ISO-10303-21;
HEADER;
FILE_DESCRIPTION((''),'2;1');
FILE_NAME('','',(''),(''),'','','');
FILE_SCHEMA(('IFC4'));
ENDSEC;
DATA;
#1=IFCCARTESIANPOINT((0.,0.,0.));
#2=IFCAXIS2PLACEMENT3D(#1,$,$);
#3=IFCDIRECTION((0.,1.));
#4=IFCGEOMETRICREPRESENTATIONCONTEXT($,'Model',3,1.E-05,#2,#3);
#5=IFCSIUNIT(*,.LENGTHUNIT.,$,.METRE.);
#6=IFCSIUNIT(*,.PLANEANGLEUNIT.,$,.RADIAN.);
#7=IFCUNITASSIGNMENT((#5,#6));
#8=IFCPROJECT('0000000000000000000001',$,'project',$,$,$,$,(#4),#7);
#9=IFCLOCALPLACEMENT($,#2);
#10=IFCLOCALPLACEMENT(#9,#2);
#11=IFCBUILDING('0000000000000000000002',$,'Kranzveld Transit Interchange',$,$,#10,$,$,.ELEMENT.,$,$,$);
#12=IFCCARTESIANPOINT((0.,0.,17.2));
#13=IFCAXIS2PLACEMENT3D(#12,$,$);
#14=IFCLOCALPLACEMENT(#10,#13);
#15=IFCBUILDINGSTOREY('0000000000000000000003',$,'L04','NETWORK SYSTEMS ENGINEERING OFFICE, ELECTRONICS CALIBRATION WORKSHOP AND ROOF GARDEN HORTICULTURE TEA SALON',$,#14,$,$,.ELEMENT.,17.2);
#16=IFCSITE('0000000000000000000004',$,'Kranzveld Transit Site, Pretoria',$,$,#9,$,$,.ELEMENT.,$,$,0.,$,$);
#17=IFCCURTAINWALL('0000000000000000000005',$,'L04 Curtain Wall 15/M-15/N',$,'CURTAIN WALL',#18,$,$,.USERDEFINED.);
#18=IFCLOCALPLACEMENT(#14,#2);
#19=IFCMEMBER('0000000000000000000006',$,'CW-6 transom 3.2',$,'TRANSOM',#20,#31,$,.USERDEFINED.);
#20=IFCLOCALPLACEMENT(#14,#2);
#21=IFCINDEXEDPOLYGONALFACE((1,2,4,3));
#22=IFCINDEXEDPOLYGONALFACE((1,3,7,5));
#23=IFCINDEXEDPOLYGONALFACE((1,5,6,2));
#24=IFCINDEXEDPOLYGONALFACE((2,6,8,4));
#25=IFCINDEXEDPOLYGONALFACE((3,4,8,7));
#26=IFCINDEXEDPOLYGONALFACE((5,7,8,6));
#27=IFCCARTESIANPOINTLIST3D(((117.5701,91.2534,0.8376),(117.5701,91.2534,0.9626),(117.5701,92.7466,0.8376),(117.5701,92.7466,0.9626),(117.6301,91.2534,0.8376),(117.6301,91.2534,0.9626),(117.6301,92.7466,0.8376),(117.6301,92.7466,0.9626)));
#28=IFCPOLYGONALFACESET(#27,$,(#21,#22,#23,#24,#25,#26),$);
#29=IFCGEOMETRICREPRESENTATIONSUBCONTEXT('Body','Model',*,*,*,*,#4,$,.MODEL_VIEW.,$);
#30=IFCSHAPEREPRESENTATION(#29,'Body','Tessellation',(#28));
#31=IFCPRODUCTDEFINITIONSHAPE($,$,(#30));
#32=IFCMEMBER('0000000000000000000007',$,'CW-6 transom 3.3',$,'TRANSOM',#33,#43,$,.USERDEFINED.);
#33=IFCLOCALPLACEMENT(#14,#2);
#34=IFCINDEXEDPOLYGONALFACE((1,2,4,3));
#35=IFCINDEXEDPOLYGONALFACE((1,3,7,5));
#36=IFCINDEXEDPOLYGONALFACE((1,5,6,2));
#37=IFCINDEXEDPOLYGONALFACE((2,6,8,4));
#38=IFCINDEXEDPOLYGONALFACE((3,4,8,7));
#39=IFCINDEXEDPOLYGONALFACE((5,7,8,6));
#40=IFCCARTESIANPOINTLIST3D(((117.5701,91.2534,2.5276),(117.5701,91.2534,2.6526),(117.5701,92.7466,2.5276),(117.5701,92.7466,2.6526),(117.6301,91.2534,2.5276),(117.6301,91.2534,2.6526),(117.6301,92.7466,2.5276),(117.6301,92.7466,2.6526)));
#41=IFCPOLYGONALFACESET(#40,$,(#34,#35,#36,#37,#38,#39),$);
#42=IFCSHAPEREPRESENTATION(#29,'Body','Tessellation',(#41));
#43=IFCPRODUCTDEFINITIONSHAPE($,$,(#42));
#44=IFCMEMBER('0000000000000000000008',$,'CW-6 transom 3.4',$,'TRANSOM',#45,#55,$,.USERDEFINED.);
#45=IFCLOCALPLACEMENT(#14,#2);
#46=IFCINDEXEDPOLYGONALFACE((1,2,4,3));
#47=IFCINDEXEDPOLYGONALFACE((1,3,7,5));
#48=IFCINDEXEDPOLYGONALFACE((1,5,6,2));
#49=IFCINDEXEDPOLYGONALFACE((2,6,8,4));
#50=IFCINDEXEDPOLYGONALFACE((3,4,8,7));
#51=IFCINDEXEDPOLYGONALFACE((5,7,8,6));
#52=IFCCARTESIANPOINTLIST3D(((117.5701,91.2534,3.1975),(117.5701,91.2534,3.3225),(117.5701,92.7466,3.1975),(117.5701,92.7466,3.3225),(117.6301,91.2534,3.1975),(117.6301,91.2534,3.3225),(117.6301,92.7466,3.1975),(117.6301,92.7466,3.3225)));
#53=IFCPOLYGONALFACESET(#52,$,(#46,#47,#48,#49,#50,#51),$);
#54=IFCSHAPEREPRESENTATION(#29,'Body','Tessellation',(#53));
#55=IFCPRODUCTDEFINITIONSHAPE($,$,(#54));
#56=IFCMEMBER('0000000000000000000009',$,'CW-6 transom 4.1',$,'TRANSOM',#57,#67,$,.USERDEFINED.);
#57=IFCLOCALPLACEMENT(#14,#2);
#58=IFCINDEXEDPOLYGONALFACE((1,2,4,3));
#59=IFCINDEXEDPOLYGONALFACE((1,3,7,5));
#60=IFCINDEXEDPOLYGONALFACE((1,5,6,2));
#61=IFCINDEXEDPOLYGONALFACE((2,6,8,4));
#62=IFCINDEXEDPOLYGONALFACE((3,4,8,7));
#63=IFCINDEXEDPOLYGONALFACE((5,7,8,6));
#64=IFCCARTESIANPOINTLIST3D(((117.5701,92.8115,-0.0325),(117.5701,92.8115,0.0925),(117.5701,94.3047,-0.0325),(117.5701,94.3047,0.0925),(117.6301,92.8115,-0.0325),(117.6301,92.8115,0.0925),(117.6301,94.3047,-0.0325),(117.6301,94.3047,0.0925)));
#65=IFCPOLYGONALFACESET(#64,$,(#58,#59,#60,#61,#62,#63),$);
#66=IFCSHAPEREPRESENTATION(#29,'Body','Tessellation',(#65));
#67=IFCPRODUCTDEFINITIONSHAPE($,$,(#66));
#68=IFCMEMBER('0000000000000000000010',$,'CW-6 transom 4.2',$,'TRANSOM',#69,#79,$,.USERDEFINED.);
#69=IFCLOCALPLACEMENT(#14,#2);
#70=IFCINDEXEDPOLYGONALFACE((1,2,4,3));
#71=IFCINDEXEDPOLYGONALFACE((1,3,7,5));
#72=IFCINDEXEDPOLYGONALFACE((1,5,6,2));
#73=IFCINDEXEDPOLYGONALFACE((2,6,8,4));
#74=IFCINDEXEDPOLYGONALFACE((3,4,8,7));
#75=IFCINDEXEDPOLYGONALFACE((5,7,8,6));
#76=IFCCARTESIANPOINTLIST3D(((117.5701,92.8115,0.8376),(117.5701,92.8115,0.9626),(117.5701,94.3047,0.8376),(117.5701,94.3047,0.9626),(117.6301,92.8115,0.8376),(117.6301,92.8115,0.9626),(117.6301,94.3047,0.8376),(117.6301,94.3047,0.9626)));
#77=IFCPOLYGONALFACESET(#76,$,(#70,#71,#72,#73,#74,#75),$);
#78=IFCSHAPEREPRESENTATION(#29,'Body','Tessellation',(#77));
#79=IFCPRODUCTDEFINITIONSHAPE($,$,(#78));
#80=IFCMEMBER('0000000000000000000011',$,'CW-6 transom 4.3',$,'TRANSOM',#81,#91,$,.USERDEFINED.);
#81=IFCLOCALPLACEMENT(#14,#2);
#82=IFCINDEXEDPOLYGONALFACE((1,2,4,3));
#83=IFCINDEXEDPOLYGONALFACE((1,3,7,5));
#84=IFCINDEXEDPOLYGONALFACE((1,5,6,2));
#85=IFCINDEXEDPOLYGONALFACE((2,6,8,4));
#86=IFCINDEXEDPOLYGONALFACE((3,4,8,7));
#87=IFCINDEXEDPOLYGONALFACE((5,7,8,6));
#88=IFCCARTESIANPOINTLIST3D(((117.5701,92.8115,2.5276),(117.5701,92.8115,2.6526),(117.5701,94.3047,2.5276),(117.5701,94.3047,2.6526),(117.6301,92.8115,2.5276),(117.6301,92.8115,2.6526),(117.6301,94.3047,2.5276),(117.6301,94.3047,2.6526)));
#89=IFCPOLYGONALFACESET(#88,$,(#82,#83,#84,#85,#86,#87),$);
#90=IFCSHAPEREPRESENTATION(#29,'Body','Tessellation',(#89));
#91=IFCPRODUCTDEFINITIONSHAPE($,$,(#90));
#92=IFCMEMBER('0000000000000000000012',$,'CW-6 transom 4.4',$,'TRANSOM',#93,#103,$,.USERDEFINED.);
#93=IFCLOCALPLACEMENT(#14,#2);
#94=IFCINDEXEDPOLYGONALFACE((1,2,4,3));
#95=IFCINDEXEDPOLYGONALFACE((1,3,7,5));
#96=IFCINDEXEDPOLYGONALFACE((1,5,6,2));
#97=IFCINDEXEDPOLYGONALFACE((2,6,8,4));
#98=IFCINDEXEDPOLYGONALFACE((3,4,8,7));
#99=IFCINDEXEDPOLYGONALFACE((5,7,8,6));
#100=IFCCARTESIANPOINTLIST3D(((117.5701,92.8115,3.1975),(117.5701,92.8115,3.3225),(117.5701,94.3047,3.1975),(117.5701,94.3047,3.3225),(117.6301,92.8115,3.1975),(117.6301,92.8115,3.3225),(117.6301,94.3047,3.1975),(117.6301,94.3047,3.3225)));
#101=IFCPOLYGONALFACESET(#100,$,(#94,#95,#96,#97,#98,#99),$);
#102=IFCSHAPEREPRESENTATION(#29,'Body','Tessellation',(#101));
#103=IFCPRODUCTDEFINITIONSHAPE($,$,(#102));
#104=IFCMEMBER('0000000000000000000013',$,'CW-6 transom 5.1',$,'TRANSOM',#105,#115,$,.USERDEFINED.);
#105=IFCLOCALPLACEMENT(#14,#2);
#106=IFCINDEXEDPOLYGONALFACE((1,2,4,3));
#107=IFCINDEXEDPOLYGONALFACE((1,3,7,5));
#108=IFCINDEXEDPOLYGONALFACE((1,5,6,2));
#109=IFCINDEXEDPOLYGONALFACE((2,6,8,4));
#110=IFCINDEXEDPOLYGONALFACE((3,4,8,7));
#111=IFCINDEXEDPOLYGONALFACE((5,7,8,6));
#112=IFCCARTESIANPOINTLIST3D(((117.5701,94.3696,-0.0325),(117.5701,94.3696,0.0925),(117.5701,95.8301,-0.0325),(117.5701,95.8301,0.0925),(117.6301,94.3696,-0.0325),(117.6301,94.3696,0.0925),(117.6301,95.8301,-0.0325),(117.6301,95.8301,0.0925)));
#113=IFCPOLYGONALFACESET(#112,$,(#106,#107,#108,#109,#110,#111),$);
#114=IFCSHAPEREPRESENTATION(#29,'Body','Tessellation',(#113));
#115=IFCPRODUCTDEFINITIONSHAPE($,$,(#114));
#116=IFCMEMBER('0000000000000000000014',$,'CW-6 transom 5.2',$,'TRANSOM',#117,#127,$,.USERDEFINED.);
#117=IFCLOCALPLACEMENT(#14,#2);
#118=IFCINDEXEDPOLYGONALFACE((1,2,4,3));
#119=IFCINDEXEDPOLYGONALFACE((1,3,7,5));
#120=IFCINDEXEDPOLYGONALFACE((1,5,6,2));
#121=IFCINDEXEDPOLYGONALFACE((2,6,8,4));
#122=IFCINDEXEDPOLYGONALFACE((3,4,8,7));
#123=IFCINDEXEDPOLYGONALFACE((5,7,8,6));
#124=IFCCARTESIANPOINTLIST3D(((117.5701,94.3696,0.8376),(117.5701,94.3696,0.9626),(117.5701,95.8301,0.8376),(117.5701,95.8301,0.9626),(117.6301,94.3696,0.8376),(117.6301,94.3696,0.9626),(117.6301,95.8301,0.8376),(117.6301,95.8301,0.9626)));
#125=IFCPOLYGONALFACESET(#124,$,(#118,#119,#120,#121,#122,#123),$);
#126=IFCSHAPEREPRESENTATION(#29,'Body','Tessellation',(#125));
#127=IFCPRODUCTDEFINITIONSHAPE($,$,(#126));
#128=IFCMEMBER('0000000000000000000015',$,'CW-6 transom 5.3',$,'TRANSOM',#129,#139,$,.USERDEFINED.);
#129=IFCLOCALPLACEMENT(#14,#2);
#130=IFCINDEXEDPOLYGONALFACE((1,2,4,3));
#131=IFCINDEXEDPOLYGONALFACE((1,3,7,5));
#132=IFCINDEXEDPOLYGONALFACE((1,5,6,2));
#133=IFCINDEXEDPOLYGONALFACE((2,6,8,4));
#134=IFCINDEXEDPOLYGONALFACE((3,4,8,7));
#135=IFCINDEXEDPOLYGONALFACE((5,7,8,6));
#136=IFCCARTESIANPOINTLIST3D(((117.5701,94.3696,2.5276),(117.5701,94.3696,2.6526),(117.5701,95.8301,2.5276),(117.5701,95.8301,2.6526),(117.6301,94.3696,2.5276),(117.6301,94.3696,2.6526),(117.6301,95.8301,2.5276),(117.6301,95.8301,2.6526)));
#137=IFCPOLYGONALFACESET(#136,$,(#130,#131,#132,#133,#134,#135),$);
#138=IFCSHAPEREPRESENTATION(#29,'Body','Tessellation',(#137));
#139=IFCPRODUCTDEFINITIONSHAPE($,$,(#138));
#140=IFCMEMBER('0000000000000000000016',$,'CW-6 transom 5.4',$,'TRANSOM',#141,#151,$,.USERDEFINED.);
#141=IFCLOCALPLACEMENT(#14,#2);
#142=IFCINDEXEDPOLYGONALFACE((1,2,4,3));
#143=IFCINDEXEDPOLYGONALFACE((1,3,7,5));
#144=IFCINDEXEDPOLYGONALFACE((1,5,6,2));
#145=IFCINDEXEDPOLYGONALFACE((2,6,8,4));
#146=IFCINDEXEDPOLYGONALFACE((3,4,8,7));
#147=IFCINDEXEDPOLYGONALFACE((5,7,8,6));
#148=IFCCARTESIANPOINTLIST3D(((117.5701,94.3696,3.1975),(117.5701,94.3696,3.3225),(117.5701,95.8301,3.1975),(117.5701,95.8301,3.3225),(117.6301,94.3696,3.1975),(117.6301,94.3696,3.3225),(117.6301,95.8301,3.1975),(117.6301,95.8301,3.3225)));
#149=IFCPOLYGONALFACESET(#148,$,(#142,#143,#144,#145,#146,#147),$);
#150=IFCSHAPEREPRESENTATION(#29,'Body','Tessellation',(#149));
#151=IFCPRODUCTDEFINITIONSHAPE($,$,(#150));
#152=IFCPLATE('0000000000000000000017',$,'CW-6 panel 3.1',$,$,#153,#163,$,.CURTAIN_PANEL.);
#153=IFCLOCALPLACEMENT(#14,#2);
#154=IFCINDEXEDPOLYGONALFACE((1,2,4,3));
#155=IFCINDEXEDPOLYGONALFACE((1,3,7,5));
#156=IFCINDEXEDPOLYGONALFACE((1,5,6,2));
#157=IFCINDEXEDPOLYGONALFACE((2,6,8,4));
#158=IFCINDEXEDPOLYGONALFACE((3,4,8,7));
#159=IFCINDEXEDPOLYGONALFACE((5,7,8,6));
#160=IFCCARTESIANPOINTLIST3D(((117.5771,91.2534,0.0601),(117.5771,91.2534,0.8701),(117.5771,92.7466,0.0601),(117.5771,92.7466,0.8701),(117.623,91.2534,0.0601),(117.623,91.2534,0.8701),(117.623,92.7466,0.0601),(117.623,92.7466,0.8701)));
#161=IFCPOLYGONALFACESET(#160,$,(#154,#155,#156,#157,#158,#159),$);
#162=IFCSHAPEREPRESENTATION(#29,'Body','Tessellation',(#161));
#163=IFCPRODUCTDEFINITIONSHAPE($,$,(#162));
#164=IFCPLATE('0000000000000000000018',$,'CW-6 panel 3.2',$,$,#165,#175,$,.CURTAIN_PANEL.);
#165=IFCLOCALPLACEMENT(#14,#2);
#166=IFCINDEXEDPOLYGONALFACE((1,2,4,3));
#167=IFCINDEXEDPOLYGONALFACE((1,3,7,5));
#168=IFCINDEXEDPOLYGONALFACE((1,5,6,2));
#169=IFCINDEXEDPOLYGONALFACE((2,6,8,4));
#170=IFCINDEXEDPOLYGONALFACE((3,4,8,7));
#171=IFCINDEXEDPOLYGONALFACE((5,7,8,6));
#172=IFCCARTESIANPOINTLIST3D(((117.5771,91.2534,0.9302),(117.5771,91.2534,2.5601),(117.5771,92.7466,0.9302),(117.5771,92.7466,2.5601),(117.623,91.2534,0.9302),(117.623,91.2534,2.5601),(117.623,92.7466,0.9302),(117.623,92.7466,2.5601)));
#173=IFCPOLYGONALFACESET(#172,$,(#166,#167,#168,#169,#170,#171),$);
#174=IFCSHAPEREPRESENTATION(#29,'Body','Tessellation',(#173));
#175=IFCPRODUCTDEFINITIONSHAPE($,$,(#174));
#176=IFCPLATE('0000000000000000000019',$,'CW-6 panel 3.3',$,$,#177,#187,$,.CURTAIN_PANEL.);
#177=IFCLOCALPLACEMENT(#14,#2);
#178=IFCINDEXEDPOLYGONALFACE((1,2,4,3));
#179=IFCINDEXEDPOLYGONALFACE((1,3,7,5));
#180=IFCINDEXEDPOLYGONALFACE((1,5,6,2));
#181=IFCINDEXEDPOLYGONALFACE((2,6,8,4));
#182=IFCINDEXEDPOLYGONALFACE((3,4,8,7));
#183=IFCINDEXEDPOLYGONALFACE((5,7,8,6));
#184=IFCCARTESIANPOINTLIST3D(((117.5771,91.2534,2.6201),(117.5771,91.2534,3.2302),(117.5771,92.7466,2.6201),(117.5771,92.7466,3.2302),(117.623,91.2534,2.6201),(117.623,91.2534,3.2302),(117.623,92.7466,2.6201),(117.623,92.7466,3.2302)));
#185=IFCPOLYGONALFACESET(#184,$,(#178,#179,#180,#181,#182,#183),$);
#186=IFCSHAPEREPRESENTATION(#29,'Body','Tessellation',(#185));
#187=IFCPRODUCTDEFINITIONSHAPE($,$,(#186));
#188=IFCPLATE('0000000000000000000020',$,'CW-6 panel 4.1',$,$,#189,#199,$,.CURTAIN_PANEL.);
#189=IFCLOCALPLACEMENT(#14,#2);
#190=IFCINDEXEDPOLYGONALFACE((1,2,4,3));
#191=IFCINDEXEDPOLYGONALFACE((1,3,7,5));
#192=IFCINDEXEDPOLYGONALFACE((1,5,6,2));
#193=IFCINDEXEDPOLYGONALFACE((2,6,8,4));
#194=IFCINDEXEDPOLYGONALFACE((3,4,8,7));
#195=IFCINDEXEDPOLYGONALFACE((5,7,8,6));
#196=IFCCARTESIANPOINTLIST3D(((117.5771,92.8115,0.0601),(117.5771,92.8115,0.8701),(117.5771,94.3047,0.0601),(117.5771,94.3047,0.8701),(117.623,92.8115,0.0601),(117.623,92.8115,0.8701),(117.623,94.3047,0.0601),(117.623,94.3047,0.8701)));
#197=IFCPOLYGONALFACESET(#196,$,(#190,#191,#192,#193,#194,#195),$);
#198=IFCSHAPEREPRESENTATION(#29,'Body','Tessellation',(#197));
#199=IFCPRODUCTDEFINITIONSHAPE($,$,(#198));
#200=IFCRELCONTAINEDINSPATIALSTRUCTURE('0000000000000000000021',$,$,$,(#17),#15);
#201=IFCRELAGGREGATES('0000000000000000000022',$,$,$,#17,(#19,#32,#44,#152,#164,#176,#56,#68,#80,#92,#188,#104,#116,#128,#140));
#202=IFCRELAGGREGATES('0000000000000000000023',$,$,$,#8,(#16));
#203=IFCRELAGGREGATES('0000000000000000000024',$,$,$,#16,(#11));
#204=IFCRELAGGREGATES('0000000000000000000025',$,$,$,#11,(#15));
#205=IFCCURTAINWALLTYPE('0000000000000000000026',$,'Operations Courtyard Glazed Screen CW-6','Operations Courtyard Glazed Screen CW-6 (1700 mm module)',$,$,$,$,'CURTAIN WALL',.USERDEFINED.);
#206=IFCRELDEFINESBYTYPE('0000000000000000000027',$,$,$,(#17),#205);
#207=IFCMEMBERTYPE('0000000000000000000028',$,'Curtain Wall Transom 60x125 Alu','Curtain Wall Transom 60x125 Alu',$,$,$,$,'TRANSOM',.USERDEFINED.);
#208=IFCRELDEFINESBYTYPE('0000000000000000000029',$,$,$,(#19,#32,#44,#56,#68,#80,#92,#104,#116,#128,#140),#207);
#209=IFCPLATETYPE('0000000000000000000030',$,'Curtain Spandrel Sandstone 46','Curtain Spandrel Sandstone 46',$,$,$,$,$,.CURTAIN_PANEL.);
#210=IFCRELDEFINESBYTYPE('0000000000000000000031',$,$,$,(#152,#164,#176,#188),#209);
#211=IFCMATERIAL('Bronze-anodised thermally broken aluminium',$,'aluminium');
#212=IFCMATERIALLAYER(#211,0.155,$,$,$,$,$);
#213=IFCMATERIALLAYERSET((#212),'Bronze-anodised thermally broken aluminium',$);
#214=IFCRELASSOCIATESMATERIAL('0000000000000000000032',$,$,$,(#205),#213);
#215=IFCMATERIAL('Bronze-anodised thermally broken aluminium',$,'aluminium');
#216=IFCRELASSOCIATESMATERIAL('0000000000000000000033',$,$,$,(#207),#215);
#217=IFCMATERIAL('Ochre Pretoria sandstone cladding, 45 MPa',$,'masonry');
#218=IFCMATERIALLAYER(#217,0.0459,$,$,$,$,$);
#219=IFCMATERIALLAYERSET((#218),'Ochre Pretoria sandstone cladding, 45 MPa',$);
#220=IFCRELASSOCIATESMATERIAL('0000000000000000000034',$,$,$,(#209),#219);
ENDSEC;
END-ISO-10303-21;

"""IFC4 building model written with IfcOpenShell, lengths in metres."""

from ifc_helpers import new_model, si_unit, direction, frame, origin, origin_2d, place, context, subcontext, project, spatial, rectangle, extrude, material, layer, layer_set, material_profile, profile_set, type_object, element, aggregate, save


model = new_model("IFC4")

# Units and contexts
model_context = context("Model", 3, precision=1e-05, world=origin(), true_north=direction((0.0, 1.0)))
body_context = subcontext(model_context, "Body", "Model", "MODEL_VIEW")
ifc_project = project(units=[si_unit("LENGTHUNIT", "METRE"), si_unit("PLANEANGLEUNIT", "RADIAN")], contexts=[model_context])

# Site, building, storey
site_placement = place(None, origin())
site = spatial("IfcSite", under=ifc_project, at=site_placement, Name="Kranzveld Transit Site, Pretoria", CompositionType="ELEMENT", RefElevation=0.0)
building_placement = place(site_placement, origin())
building = spatial("IfcBuilding", under=site, at=building_placement, Name="Kranzveld Transit Interchange", CompositionType="ELEMENT")
storey_placement = place(building_placement, frame((0.0, 0.0, 17.2)))
storey = spatial("IfcBuildingStorey", under=building, at=storey_placement, Name="L04", Description="NETWORK SYSTEMS ENGINEERING OFFICE, ELECTRONICS CALIBRATION WORKSHOP AND ROOF GARDEN HORTICULTURE TEA SALON", CompositionType="ELEMENT", Elevation=17.2)

# Curtain wall, members, plates
ifc_material_1 = material(Name="Bronze-anodised thermally broken aluminium", Category="aluminium")
ifc_layer_1 = layer(ifc_material_1, 0.155)
ifc_layer_set_1 = layer_set([ifc_layer_1], Name="Bronze-anodised thermally broken aluminium")
curtain_wall_type = type_object("IfcCurtainWallType", Name="Operations Courtyard Glazed Screen CW-6", Description="Operations Courtyard Glazed Screen CW-6 (1700 mm module)", ElementType="CURTAIN WALL", PredefinedType="USERDEFINED", material=ifc_layer_set_1)
curtain_wall_placement = place(storey_placement, origin())
curtain_wall = element("IfcCurtainWall", 1, at=curtain_wall_placement, inside=storey, type_object=curtain_wall_type, Name="L04 Curtain Wall 15/M-15/N", ObjectType="CURTAIN WALL", PredefinedType="USERDEFINED")
ifc_material_2 = material(Name="Bronze-anodised thermally broken aluminium", Category="aluminium")
ifc_material_profile = material_profile(ifc_material_2, rectangle(XDim=0.0601, YDim=0.125, at=origin_2d()), Name="ALU TRANSOM 60x125")
ifc_profile_set = profile_set([ifc_material_profile], Name="Bronze-anodised thermally broken aluminium")
member_type = type_object("IfcMemberType", Name="Curtain Wall Transom 60x125 Alu", Description="Curtain Wall Transom 60x125 Alu", ElementType="TRANSOM", PredefinedType="USERDEFINED", material=ifc_profile_set)
member_1_placement = place(storey_placement, frame((117.6001, 91.2534, 0.9001), z_axis=(0.0, 1.0, 0.0), x_axis=(-1.0, 0.0, 0.0)))
member_1 = element("IfcMember", 2, at=member_1_placement, type_object=member_type, Name="CW-6 transom 3.2", ObjectType="TRANSOM", PredefinedType="USERDEFINED", context=body_context, shape_type="SweptSolid", body=[
    extrude(rectangle(XDim=0.0601, YDim=0.125, at=origin_2d()), origin(), (0.0, 0.0, 1.0), 1.4932),
])
member_2_placement = place(storey_placement, frame((117.6001, 91.2534, 2.5901), z_axis=(0.0, 1.0, 0.0), x_axis=(-1.0, 0.0, 0.0)))
member_2 = element("IfcMember", 3, at=member_2_placement, type_object=member_type, Name="CW-6 transom 3.3", ObjectType="TRANSOM", PredefinedType="USERDEFINED", context=body_context, shape_type="SweptSolid", body=[
    extrude(rectangle(XDim=0.0601, YDim=0.125, at=origin_2d()), origin(), (0.0, 0.0, 1.0), 1.4932),
])
member_3_placement = place(storey_placement, frame((117.6001, 91.2534, 3.26), z_axis=(0.0, 1.0, 0.0), x_axis=(-1.0, 0.0, 0.0)))
member_3 = element("IfcMember", 4, at=member_3_placement, type_object=member_type, Name="CW-6 transom 3.4", ObjectType="TRANSOM", PredefinedType="USERDEFINED", context=body_context, shape_type="SweptSolid", body=[
    extrude(rectangle(XDim=0.0601, YDim=0.125, at=origin_2d()), origin(), (0.0, 0.0, 1.0), 1.4932),
])
member_4_placement = place(storey_placement, frame((117.6001, 92.8115, 0.03), z_axis=(0.0, 1.0, 0.0), x_axis=(-1.0, 0.0, 0.0)))
member_4 = element("IfcMember", 5, at=member_4_placement, type_object=member_type, Name="CW-6 transom 4.1", ObjectType="TRANSOM", PredefinedType="USERDEFINED", context=body_context, shape_type="SweptSolid", body=[
    extrude(rectangle(XDim=0.0601, YDim=0.125, at=origin_2d()), origin(), (0.0, 0.0, 1.0), 1.4932),
])
member_5_placement = place(storey_placement, frame((117.6001, 92.8115, 0.9001), z_axis=(0.0, 1.0, 0.0), x_axis=(-1.0, 0.0, 0.0)))
member_5 = element("IfcMember", 6, at=member_5_placement, type_object=member_type, Name="CW-6 transom 4.2", ObjectType="TRANSOM", PredefinedType="USERDEFINED", context=body_context, shape_type="SweptSolid", body=[
    extrude(rectangle(XDim=0.0601, YDim=0.125, at=origin_2d()), origin(), (0.0, 0.0, 1.0), 1.4932),
])
member_6_placement = place(storey_placement, frame((117.6001, 92.8115, 2.5901), z_axis=(0.0, 1.0, 0.0), x_axis=(-1.0, 0.0, 0.0)))
member_6 = element("IfcMember", 7, at=member_6_placement, type_object=member_type, Name="CW-6 transom 4.3", ObjectType="TRANSOM", PredefinedType="USERDEFINED", context=body_context, shape_type="SweptSolid", body=[
    extrude(rectangle(XDim=0.0601, YDim=0.125, at=origin_2d()), origin(), (0.0, 0.0, 1.0), 1.4932),
])
member_7_placement = place(storey_placement, frame((117.6001, 92.8115, 3.26), z_axis=(0.0, 1.0, 0.0), x_axis=(-1.0, 0.0, 0.0)))
member_7 = element("IfcMember", 8, at=member_7_placement, type_object=member_type, Name="CW-6 transom 4.4", ObjectType="TRANSOM", PredefinedType="USERDEFINED", context=body_context, shape_type="SweptSolid", body=[
    extrude(rectangle(XDim=0.0601, YDim=0.125, at=origin_2d()), origin(), (0.0, 0.0, 1.0), 1.4932),
])
member_8_placement = place(storey_placement, frame((117.6001, 94.3696, 0.03), z_axis=(0.0, 1.0, 0.0), x_axis=(-1.0, 0.0, 0.0)))
member_8 = element("IfcMember", 9, at=member_8_placement, type_object=member_type, Name="CW-6 transom 5.1", ObjectType="TRANSOM", PredefinedType="USERDEFINED", context=body_context, shape_type="SweptSolid", body=[
    extrude(rectangle(XDim=0.0601, YDim=0.125, at=origin_2d()), origin(), (0.0, 0.0, 1.0), 1.4604),
])
member_9_placement = place(storey_placement, frame((117.6001, 94.3696, 0.9001), z_axis=(0.0, 1.0, 0.0), x_axis=(-1.0, 0.0, 0.0)))
member_9 = element("IfcMember", 10, at=member_9_placement, type_object=member_type, Name="CW-6 transom 5.2", ObjectType="TRANSOM", PredefinedType="USERDEFINED", context=body_context, shape_type="SweptSolid", body=[
    extrude(rectangle(XDim=0.0601, YDim=0.125, at=origin_2d()), origin(), (0.0, 0.0, 1.0), 1.4604),
])
member_10_placement = place(storey_placement, frame((117.6001, 94.3696, 2.5901), z_axis=(0.0, 1.0, 0.0), x_axis=(-1.0, 0.0, 0.0)))
member_10 = element("IfcMember", 11, at=member_10_placement, type_object=member_type, Name="CW-6 transom 5.3", ObjectType="TRANSOM", PredefinedType="USERDEFINED", context=body_context, shape_type="SweptSolid", body=[
    extrude(rectangle(XDim=0.0601, YDim=0.125, at=origin_2d()), origin(), (0.0, 0.0, 1.0), 1.4604),
])
member_11_placement = place(storey_placement, frame((117.6001, 94.3696, 3.26), z_axis=(0.0, 1.0, 0.0), x_axis=(-1.0, 0.0, 0.0)))
member_11 = element("IfcMember", 12, at=member_11_placement, type_object=member_type, Name="CW-6 transom 5.4", ObjectType="TRANSOM", PredefinedType="USERDEFINED", context=body_context, shape_type="SweptSolid", body=[
    extrude(rectangle(XDim=0.0601, YDim=0.125, at=origin_2d()), origin(), (0.0, 0.0, 1.0), 1.4604),
])
ifc_material_3 = material(Name="Ochre Pretoria sandstone cladding, 45 MPa", Category="masonry")
ifc_layer_2 = layer(ifc_material_3, 0.0459)
ifc_layer_set_2 = layer_set([ifc_layer_2], Name="Ochre Pretoria sandstone cladding, 45 MPa")
plate_type = type_object("IfcPlateType", Name="Curtain Spandrel Sandstone 46", Description="Curtain Spandrel Sandstone 46", PredefinedType="CURTAIN_PANEL", material=ifc_layer_set_2)
plate_1_placement = place(storey_placement, frame((117.6001, 92.0, 0.0601), z_axis=(0.0, 0.0, 1.0), x_axis=(0.0, 1.0, 0.0)))
plate_1 = element("IfcPlate", 13, at=plate_1_placement, type_object=plate_type, Name="CW-6 panel 3.1", PredefinedType="CURTAIN_PANEL", context=body_context, shape_type="SweptSolid", body=[
    extrude(rectangle(XDim=1.4932, YDim=0.0459, at=origin_2d()), origin(), (0.0, 0.0, 1.0), 0.8101),
])
plate_2_placement = place(storey_placement, frame((117.6001, 92.0, 0.9302), z_axis=(0.0, 0.0, 1.0), x_axis=(0.0, 1.0, 0.0)))
plate_2 = element("IfcPlate", 14, at=plate_2_placement, type_object=plate_type, Name="CW-6 panel 3.2", PredefinedType="CURTAIN_PANEL", context=body_context, shape_type="SweptSolid", body=[
    extrude(rectangle(XDim=1.4932, YDim=0.0459, at=origin_2d()), origin(), (0.0, 0.0, 1.0), 1.6299),
])
plate_3_placement = place(storey_placement, frame((117.6001, 92.0, 2.6201), z_axis=(0.0, 0.0, 1.0), x_axis=(0.0, 1.0, 0.0)))
plate_3 = element("IfcPlate", 15, at=plate_3_placement, type_object=plate_type, Name="CW-6 panel 3.3", PredefinedType="CURTAIN_PANEL", context=body_context, shape_type="SweptSolid", body=[
    extrude(rectangle(XDim=1.4932, YDim=0.0459, at=origin_2d()), origin(), (0.0, 0.0, 1.0), 0.6101),
])
plate_4_placement = place(storey_placement, frame((117.6001, 93.5581, 0.0601), z_axis=(0.0, 0.0, 1.0), x_axis=(0.0, 1.0, 0.0)))
plate_4 = element("IfcPlate", 16, at=plate_4_placement, type_object=plate_type, Name="CW-6 panel 4.1", PredefinedType="CURTAIN_PANEL", context=body_context, shape_type="SweptSolid", body=[
    extrude(rectangle(XDim=1.4932, YDim=0.0459, at=origin_2d()), origin(), (0.0, 0.0, 1.0), 0.8101),
])
aggregate(curtain_wall, [member_1, member_2, member_3, plate_1, plate_2, plate_3, member_4, member_5, member_6, member_7, plate_4, member_8, member_9, member_10, member_11])

save(model, "model.ifc")
